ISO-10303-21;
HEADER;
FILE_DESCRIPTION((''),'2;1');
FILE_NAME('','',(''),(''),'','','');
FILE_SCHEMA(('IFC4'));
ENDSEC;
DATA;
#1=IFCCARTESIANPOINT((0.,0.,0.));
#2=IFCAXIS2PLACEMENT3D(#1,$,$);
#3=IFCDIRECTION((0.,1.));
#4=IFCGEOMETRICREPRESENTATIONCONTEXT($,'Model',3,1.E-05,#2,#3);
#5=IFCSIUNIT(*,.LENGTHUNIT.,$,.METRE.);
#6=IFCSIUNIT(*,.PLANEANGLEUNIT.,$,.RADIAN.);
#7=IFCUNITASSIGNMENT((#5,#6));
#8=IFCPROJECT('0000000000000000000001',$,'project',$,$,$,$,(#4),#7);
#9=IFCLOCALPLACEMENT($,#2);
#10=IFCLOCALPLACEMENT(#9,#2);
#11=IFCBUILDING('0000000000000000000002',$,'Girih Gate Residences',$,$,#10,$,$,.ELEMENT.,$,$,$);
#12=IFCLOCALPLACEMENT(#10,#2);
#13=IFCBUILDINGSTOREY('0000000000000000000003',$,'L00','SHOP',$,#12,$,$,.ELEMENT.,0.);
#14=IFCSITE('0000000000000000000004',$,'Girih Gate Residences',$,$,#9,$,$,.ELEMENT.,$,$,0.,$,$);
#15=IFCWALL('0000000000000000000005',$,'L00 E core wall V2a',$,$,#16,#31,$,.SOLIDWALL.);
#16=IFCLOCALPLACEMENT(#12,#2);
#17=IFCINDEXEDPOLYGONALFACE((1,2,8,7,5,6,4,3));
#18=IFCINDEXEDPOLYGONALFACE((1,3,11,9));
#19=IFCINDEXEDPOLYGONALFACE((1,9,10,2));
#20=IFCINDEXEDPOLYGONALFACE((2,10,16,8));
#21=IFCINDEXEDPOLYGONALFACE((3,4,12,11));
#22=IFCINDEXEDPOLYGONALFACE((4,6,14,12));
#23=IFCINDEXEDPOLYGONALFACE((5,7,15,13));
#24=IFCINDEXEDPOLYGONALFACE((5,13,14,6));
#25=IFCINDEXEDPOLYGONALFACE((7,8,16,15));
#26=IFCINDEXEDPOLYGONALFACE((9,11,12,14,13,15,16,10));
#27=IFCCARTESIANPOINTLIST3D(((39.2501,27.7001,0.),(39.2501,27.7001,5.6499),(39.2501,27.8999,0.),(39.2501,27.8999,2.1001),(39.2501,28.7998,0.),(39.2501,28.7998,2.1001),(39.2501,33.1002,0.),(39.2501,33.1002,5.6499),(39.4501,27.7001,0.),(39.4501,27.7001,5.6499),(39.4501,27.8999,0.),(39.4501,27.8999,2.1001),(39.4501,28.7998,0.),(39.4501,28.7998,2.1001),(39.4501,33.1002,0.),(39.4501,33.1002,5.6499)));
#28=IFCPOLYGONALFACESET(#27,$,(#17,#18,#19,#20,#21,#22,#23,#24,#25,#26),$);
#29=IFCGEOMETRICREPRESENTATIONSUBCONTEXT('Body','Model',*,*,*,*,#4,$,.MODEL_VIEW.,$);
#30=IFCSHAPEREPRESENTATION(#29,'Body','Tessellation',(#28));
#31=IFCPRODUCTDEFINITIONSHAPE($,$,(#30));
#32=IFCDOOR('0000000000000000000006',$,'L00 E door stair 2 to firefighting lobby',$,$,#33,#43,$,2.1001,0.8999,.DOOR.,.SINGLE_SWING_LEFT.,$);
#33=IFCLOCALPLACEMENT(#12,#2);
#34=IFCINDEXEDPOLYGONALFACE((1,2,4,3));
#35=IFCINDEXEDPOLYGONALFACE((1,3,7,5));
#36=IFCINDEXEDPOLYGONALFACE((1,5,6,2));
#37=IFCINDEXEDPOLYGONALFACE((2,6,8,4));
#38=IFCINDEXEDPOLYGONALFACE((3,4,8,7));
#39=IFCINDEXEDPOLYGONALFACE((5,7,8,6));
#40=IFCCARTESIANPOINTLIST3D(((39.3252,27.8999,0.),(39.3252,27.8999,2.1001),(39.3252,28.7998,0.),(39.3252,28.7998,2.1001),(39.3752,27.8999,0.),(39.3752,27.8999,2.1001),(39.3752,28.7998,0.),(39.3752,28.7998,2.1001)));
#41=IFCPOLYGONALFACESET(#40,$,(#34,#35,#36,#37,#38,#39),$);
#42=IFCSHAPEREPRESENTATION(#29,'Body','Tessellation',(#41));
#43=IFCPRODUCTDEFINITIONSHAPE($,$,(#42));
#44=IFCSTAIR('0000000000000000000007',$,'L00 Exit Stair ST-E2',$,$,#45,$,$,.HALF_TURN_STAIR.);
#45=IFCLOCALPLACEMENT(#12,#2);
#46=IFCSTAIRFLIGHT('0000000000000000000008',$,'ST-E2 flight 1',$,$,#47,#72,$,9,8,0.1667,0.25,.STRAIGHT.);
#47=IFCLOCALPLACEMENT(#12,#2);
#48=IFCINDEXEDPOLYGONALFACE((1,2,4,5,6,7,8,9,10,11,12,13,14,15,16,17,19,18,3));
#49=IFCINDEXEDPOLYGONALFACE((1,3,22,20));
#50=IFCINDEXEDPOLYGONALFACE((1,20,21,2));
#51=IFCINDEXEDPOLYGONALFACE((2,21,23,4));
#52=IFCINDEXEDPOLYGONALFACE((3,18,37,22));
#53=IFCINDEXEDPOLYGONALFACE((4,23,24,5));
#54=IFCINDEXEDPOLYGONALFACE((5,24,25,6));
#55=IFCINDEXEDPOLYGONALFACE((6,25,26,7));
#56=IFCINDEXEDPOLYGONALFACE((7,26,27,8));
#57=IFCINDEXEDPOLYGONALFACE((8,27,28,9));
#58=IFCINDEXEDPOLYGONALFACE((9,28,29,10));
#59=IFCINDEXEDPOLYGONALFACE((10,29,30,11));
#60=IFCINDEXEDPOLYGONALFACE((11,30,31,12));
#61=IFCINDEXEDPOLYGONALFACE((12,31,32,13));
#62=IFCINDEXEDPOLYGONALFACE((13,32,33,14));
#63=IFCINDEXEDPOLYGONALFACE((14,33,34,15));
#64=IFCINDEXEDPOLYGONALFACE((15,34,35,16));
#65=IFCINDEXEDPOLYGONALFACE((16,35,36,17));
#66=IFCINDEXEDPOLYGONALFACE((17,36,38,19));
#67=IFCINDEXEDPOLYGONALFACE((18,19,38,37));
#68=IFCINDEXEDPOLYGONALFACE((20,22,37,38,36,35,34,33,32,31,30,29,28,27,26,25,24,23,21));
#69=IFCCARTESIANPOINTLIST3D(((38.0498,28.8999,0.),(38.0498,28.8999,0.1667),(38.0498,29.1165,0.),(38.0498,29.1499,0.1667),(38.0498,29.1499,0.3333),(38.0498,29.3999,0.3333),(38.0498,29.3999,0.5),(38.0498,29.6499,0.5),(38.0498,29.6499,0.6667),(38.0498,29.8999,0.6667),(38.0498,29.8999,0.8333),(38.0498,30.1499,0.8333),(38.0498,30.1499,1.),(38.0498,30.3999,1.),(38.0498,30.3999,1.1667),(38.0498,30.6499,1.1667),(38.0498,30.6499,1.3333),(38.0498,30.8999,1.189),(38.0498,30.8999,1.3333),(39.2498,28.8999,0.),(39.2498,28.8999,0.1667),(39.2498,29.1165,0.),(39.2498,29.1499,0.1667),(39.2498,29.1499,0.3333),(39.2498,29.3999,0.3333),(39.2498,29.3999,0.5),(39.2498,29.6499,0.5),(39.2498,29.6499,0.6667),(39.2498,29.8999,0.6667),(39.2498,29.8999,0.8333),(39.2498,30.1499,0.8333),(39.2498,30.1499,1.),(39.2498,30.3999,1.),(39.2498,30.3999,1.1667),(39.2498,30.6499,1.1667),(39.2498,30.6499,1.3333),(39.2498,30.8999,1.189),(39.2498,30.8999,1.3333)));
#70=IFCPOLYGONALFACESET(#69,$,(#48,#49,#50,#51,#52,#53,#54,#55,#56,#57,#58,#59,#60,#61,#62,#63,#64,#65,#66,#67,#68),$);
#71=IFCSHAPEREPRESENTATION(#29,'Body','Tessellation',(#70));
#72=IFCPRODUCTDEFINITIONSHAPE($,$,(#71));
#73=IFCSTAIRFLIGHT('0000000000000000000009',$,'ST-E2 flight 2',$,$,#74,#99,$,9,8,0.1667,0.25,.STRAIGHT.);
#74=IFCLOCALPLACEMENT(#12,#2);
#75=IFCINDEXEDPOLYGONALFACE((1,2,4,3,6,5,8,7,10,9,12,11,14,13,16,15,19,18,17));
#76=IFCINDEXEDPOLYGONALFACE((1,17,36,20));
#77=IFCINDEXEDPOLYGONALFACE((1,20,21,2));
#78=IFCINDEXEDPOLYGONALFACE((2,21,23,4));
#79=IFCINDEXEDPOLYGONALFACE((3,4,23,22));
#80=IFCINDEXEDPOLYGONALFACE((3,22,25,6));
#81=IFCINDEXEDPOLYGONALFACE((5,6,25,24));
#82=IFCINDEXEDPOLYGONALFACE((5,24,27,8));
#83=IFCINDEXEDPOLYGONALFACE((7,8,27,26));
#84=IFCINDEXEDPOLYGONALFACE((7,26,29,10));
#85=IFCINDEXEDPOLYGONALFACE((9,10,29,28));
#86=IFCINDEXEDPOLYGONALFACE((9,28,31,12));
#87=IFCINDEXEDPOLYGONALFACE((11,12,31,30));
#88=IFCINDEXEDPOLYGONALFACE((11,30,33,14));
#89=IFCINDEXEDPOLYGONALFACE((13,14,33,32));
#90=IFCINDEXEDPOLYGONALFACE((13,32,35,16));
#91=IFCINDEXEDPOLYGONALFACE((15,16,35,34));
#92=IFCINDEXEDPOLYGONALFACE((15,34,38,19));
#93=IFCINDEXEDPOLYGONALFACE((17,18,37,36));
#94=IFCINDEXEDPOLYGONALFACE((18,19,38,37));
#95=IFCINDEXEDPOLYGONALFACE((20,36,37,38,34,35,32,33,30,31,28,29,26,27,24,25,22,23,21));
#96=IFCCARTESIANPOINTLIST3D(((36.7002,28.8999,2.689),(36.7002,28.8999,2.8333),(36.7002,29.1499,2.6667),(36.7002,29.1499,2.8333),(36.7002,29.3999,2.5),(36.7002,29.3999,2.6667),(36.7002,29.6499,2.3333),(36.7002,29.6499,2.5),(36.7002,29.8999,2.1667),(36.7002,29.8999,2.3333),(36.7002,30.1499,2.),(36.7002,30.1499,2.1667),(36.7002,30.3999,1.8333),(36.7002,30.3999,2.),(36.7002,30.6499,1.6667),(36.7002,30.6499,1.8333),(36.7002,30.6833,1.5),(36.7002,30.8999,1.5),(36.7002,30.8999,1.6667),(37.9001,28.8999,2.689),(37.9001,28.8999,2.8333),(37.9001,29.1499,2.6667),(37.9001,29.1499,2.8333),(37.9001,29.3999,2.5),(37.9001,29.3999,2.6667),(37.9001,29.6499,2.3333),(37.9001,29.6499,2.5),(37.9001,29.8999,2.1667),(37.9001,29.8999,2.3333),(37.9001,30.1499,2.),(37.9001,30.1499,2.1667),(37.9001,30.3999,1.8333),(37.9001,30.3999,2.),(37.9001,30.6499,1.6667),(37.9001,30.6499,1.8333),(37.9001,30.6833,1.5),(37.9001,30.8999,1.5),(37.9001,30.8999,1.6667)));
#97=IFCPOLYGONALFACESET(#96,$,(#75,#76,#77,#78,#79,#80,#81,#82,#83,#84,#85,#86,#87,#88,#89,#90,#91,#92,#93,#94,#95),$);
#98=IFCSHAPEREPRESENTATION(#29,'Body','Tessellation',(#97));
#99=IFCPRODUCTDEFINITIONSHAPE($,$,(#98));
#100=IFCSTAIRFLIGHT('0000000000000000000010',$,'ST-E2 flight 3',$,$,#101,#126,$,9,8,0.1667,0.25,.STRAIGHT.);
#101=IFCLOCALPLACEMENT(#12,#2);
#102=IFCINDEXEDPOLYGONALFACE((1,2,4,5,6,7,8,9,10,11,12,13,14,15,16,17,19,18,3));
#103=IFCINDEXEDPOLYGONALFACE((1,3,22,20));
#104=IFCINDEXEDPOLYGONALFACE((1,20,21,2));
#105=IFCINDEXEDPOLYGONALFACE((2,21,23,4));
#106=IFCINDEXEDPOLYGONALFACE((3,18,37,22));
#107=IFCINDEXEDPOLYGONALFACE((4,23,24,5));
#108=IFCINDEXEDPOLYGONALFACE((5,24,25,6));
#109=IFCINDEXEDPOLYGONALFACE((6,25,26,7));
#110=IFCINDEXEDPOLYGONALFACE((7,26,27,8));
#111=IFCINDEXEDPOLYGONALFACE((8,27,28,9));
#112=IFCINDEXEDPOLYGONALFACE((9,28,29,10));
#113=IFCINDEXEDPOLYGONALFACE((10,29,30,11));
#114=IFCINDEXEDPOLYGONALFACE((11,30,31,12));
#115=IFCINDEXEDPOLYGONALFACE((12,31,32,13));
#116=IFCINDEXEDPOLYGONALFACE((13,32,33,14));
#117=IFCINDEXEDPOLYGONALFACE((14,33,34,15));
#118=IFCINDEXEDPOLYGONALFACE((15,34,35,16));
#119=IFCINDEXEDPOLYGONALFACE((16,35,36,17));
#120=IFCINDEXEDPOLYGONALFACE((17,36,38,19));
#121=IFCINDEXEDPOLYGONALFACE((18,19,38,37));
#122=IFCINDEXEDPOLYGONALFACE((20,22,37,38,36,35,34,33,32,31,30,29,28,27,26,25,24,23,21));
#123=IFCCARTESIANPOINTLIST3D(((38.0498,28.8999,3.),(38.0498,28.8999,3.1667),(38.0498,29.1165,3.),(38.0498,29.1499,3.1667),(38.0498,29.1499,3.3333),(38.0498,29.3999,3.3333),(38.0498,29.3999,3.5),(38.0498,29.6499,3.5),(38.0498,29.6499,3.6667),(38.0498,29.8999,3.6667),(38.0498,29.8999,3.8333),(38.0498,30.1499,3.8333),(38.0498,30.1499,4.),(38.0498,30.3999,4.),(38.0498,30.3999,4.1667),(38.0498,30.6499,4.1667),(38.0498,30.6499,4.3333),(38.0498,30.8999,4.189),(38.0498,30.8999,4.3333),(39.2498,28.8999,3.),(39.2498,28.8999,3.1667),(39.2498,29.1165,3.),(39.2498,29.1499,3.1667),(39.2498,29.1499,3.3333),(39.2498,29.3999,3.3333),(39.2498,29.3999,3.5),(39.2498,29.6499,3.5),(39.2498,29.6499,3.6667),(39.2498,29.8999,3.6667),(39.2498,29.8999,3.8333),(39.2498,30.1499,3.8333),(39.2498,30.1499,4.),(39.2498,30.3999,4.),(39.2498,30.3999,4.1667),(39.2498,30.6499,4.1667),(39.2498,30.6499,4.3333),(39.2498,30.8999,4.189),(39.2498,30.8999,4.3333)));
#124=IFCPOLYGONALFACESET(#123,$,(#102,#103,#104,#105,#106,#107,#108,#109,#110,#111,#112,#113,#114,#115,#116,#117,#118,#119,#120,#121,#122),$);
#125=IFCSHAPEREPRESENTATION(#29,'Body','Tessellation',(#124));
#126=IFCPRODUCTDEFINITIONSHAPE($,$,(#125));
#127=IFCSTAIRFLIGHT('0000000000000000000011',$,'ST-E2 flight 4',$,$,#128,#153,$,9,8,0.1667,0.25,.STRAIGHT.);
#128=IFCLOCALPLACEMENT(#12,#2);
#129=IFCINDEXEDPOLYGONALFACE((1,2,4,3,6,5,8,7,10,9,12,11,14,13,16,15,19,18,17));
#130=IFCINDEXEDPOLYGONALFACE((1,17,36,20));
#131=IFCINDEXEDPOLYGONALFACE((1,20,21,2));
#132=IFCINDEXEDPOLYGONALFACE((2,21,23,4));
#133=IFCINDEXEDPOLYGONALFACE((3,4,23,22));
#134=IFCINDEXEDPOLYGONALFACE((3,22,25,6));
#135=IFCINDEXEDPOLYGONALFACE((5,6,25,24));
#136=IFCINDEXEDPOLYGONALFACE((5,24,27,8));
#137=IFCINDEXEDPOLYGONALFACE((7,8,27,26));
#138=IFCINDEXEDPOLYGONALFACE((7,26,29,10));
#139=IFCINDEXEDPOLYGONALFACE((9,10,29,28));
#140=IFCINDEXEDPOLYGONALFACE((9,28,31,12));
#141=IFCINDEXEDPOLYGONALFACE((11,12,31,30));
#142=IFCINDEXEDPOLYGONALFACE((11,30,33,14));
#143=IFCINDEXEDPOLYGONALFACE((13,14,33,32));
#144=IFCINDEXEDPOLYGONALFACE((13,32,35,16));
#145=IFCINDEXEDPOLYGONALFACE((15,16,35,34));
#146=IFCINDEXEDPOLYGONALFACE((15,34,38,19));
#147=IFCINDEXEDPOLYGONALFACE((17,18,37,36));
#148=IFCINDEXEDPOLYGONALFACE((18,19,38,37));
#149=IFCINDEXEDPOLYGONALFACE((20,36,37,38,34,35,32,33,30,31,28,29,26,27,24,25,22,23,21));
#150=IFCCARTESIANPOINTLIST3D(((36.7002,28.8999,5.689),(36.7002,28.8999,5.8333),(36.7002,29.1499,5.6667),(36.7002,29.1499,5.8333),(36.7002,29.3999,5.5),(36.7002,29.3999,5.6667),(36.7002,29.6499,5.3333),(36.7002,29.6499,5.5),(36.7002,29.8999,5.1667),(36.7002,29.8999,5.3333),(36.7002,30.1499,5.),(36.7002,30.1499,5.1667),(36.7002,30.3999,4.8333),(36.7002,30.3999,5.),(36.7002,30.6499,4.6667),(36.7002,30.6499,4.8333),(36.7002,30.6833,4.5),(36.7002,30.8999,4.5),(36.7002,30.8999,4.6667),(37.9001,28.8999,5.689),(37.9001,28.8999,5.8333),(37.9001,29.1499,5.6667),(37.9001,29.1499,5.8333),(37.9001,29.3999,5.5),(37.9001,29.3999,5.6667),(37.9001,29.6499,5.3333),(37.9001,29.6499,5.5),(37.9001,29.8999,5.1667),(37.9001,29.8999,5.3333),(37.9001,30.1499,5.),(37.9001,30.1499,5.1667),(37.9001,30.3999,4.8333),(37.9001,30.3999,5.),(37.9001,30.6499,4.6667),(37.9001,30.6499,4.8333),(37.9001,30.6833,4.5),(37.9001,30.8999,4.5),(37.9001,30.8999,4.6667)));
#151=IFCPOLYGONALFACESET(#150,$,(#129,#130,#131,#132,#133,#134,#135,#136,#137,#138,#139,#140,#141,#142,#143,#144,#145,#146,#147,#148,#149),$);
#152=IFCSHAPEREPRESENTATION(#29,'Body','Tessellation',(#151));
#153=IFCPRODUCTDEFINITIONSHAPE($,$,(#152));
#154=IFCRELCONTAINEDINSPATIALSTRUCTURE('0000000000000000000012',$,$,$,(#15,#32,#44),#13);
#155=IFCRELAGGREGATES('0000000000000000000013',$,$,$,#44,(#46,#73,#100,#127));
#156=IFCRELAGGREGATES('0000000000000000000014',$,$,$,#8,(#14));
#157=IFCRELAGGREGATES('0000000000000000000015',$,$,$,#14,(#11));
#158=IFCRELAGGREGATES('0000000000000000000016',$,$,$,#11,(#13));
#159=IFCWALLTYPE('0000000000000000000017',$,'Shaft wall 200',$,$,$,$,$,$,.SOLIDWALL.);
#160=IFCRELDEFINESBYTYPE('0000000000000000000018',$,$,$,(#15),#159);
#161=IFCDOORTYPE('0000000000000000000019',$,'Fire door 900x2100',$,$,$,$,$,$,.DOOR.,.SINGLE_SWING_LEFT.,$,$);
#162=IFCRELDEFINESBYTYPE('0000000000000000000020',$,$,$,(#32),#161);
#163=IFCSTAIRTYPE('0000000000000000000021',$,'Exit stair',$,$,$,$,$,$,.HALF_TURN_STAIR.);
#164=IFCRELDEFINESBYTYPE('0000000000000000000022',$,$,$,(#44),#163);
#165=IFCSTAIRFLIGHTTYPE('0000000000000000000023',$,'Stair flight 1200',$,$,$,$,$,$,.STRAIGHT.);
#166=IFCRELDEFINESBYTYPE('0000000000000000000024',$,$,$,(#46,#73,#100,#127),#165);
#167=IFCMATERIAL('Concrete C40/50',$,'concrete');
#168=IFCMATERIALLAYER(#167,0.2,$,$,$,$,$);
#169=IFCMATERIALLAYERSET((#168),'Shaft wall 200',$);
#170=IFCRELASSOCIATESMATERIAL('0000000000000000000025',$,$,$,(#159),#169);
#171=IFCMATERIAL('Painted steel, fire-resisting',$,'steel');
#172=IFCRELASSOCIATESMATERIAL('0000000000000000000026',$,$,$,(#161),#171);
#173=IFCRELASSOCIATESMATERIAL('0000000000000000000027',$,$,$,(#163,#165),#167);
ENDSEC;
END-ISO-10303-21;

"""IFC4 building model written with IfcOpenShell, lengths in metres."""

from ifc_helpers import new_model, si_unit, direction, frame, frame_2d, origin, place, context, subcontext, project, spatial, polyline, rectangle, outline, extrude, material, layer, layer_set, type_object, element, fill, aggregate, save


model = new_model("IFC4")

# Units and contexts
model_context = context("Model", 3, precision=1e-05, world=origin(), true_north=direction((0.0, 1.0)))
body_context = subcontext(model_context, "Body", "Model", "MODEL_VIEW")
ifc_project = project(units=[si_unit("LENGTHUNIT", "METRE"), si_unit("PLANEANGLEUNIT", "RADIAN")], contexts=[model_context])

# Site, building, storey
site_placement = place(None, origin())
site = spatial("IfcSite", under=ifc_project, at=site_placement, Name="Girih Gate Residences", CompositionType="ELEMENT", RefElevation=0.0)
building_placement = place(site_placement, origin())
building = spatial("IfcBuilding", under=site, at=building_placement, Name="Girih Gate Residences", CompositionType="ELEMENT")
storey_placement = place(building_placement, origin())
storey = spatial("IfcBuildingStorey", under=building, at=storey_placement, Name="L00", Description="SHOP", CompositionType="ELEMENT", Elevation=0.0)

# Shared definitions
ifc_material_1 = material(Name="Painted steel, fire-resisting", Category="steel")

# Wall, opening, door
ifc_material_2 = material(Name="Concrete C40/50", Category="concrete")
ifc_layer_1 = layer(ifc_material_2, 0.2)
ifc_layer_set_1 = layer_set([ifc_layer_1], Name="Shaft wall 200")
wall_type_1 = type_object("IfcWallType", Name="Shaft wall 200", PredefinedType="SOLIDWALL", material=ifc_layer_set_1)
wall_1_placement = place(storey_placement, frame((39.3501, 27.7, 0.0), z_axis=(0.0, 0.0, 1.0), x_axis=(0.0, 1.0, 0.0)))
wall_1 = element("IfcWall", 1, at=wall_1_placement, inside=storey, type_object=wall_type_1, Name="L00 E core wall V2a", PredefinedType="SOLIDWALL", context=body_context, shape_type="SweptSolid", body=[
    extrude(rectangle(XDim=5.4001, YDim=0.2, at=frame_2d((2.7002, 0.0))), origin(), (0.0, 0.0, 1.0), 5.6499),
])
opening_1_placement = place(wall_1_placement, frame((0.2, 0.0, 0.0)))
opening_1 = element("IfcOpeningElement", 2, at=opening_1_placement, cuts=wall_1, PredefinedType="OPENING", context=body_context, shape_type="SweptSolid", body=[
    extrude(rectangle(XDim=0.8999, YDim=2.1001, at=frame_2d((0.45, 1.05))), frame((0.0, 0.1099, 0.0), z_axis=(0.0, -1.0, 0.0), x_axis=(1.0, 0.0, 0.0)), (0.0, 0.0, 1.0), 0.22),
])
door_type_1 = type_object("IfcDoorType", Name="Fire door 900x2100", OperationType="SINGLE_SWING_LEFT", PredefinedType="DOOR", material=ifc_material_1)
door_1_placement = place(opening_1_placement, origin())
door_1 = element("IfcDoor", 3, at=door_1_placement, inside=storey, type_object=door_type_1, Name="L00 E door stair 2 to firefighting lobby", OperationType="SINGLE_SWING_LEFT", OverallHeight=2.1001, OverallWidth=0.8999, PredefinedType="DOOR", context=body_context, shape_type="SweptSolid", body=[
    extrude(rectangle(XDim=0.8999, YDim=2.1001, at=frame_2d((0.45, 1.05))), frame((0.0, 0.0249, 0.0), z_axis=(0.0, -1.0, 0.0), x_axis=(1.0, 0.0, 0.0)), (0.0, 0.0, 1.0), 0.05),
])
fill(opening_1, door_1)

# Stair, stair flights
stair_type = type_object("IfcStairType", Name="Exit stair", PredefinedType="HALF_TURN_STAIR", material=ifc_material_2)
stair_placement = place(storey_placement, origin())
stair = element("IfcStair", 4, at=stair_placement, inside=storey, type_object=stair_type, Name="L00 Exit Stair ST-E2", PredefinedType="HALF_TURN_STAIR")
stair_flight_type = type_object("IfcStairFlightType", Name="Stair flight 1200", PredefinedType="STRAIGHT", material=ifc_material_2)
stair_flight_1_placement = place(storey_placement, frame((38.6499, 28.8999, 0.0), z_axis=(0.0, 0.0, 1.0), x_axis=(0.0, 1.0, 0.0)))
stair_flight_1 = element("IfcStairFlight", 5, at=stair_flight_1_placement, type_object=stair_flight_type, Name="ST-E2 flight 1", NumberOfRisers=9, NumberOfTreads=8, PredefinedType="STRAIGHT", RiserHeight=0.1667, TreadLength=0.25, context=body_context, shape_type="SweptSolid", body=[
    extrude(outline(polyline([(0.0, 0.0), (0.0, 0.1667), (0.25, 0.1667), (0.25, 0.3333), (0.5, 0.3333), (0.5, 0.5), (0.75, 0.5), (0.75, 0.6667), (1.0, 0.6667), (1.0, 0.8333), (1.25, 0.8333), (1.25, 1.0), (1.5, 1.0), (1.5, 1.1667), (1.75, 1.1667), (1.75, 1.3333), (2.0, 1.3333), (2.0, 1.5), (2.0, 1.189), (0.2166, 0.0), (0.0, 0.0)])), frame((0.0, 0.6001, 0.0), z_axis=(0.0, -1.0, 0.0), x_axis=(1.0, 0.0, 0.0)), (0.0, 0.0, 1.0), 1.2),
])
stair_flight_2_placement = place(storey_placement, frame((37.3, 30.8999, 1.5), z_axis=(0.0, 0.0, 1.0), x_axis=(0.0, -1.0, 0.0)))
stair_flight_2 = element("IfcStairFlight", 6, at=stair_flight_2_placement, type_object=stair_flight_type, Name="ST-E2 flight 2", NumberOfRisers=9, NumberOfTreads=8, PredefinedType="STRAIGHT", RiserHeight=0.1667, TreadLength=0.25, context=body_context, shape_type="SweptSolid", body=[
    extrude(outline(polyline([(0.0, 0.0), (0.0, 0.1667), (0.25, 0.1667), (0.25, 0.3333), (0.5, 0.3333), (0.5, 0.5), (0.75, 0.5), (0.75, 0.6667), (1.0, 0.6667), (1.0, 0.8333), (1.25, 0.8333), (1.25, 1.0), (1.5, 1.0), (1.5, 1.1667), (1.75, 1.1667), (1.75, 1.3333), (2.0, 1.3333), (2.0, 1.5), (2.0, 1.189), (0.2166, 0.0), (0.0, 0.0)])), frame((0.0, 0.6001, 0.0), z_axis=(0.0, -1.0, 0.0), x_axis=(1.0, 0.0, 0.0)), (0.0, 0.0, 1.0), 1.2),
])
stair_flight_3_placement = place(storey_placement, frame((38.6499, 28.8999, 3.0), z_axis=(0.0, 0.0, 1.0), x_axis=(0.0, 1.0, 0.0)))
stair_flight_3 = element("IfcStairFlight", 7, at=stair_flight_3_placement, type_object=stair_flight_type, Name="ST-E2 flight 3", NumberOfRisers=9, NumberOfTreads=8, PredefinedType="STRAIGHT", RiserHeight=0.1667, TreadLength=0.25, context=body_context, shape_type="SweptSolid", body=[
    extrude(outline(polyline([(0.0, 0.0), (0.0, 0.1667), (0.25, 0.1667), (0.25, 0.3333), (0.5, 0.3333), (0.5, 0.5), (0.75, 0.5), (0.75, 0.6667), (1.0, 0.6667), (1.0, 0.8333), (1.25, 0.8333), (1.25, 1.0), (1.5, 1.0), (1.5, 1.1667), (1.75, 1.1667), (1.75, 1.3333), (2.0, 1.3333), (2.0, 1.5), (2.0, 1.189), (0.2166, 0.0), (0.0, 0.0)])), frame((0.0, 0.6001, 0.0), z_axis=(0.0, -1.0, 0.0), x_axis=(1.0, 0.0, 0.0)), (0.0, 0.0, 1.0), 1.2),
])
stair_flight_4_placement = place(storey_placement, frame((37.3, 30.8999, 4.5), z_axis=(0.0, 0.0, 1.0), x_axis=(0.0, -1.0, 0.0)))
stair_flight_4 = element("IfcStairFlight", 8, at=stair_flight_4_placement, type_object=stair_flight_type, Name="ST-E2 flight 4", NumberOfRisers=9, NumberOfTreads=8, PredefinedType="STRAIGHT", RiserHeight=0.1667, TreadLength=0.25, context=body_context, shape_type="SweptSolid", body=[
    extrude(outline(polyline([(0.0, 0.0), (0.0, 0.1667), (0.25, 0.1667), (0.25, 0.3333), (0.5, 0.3333), (0.5, 0.5), (0.75, 0.5), (0.75, 0.6667), (1.0, 0.6667), (1.0, 0.8333), (1.25, 0.8333), (1.25, 1.0), (1.5, 1.0), (1.5, 1.1667), (1.75, 1.1667), (1.75, 1.3333), (2.0, 1.3333), (2.0, 1.5), (2.0, 1.189), (0.2166, 0.0), (0.0, 0.0)])), frame((0.0, 0.6001, 0.0), z_axis=(0.0, -1.0, 0.0), x_axis=(1.0, 0.0, 0.0)), (0.0, 0.0, 1.0), 1.2),
])
aggregate(stair, [stair_flight_1, stair_flight_2, stair_flight_3, stair_flight_4])

save(model, "model.ifc")
